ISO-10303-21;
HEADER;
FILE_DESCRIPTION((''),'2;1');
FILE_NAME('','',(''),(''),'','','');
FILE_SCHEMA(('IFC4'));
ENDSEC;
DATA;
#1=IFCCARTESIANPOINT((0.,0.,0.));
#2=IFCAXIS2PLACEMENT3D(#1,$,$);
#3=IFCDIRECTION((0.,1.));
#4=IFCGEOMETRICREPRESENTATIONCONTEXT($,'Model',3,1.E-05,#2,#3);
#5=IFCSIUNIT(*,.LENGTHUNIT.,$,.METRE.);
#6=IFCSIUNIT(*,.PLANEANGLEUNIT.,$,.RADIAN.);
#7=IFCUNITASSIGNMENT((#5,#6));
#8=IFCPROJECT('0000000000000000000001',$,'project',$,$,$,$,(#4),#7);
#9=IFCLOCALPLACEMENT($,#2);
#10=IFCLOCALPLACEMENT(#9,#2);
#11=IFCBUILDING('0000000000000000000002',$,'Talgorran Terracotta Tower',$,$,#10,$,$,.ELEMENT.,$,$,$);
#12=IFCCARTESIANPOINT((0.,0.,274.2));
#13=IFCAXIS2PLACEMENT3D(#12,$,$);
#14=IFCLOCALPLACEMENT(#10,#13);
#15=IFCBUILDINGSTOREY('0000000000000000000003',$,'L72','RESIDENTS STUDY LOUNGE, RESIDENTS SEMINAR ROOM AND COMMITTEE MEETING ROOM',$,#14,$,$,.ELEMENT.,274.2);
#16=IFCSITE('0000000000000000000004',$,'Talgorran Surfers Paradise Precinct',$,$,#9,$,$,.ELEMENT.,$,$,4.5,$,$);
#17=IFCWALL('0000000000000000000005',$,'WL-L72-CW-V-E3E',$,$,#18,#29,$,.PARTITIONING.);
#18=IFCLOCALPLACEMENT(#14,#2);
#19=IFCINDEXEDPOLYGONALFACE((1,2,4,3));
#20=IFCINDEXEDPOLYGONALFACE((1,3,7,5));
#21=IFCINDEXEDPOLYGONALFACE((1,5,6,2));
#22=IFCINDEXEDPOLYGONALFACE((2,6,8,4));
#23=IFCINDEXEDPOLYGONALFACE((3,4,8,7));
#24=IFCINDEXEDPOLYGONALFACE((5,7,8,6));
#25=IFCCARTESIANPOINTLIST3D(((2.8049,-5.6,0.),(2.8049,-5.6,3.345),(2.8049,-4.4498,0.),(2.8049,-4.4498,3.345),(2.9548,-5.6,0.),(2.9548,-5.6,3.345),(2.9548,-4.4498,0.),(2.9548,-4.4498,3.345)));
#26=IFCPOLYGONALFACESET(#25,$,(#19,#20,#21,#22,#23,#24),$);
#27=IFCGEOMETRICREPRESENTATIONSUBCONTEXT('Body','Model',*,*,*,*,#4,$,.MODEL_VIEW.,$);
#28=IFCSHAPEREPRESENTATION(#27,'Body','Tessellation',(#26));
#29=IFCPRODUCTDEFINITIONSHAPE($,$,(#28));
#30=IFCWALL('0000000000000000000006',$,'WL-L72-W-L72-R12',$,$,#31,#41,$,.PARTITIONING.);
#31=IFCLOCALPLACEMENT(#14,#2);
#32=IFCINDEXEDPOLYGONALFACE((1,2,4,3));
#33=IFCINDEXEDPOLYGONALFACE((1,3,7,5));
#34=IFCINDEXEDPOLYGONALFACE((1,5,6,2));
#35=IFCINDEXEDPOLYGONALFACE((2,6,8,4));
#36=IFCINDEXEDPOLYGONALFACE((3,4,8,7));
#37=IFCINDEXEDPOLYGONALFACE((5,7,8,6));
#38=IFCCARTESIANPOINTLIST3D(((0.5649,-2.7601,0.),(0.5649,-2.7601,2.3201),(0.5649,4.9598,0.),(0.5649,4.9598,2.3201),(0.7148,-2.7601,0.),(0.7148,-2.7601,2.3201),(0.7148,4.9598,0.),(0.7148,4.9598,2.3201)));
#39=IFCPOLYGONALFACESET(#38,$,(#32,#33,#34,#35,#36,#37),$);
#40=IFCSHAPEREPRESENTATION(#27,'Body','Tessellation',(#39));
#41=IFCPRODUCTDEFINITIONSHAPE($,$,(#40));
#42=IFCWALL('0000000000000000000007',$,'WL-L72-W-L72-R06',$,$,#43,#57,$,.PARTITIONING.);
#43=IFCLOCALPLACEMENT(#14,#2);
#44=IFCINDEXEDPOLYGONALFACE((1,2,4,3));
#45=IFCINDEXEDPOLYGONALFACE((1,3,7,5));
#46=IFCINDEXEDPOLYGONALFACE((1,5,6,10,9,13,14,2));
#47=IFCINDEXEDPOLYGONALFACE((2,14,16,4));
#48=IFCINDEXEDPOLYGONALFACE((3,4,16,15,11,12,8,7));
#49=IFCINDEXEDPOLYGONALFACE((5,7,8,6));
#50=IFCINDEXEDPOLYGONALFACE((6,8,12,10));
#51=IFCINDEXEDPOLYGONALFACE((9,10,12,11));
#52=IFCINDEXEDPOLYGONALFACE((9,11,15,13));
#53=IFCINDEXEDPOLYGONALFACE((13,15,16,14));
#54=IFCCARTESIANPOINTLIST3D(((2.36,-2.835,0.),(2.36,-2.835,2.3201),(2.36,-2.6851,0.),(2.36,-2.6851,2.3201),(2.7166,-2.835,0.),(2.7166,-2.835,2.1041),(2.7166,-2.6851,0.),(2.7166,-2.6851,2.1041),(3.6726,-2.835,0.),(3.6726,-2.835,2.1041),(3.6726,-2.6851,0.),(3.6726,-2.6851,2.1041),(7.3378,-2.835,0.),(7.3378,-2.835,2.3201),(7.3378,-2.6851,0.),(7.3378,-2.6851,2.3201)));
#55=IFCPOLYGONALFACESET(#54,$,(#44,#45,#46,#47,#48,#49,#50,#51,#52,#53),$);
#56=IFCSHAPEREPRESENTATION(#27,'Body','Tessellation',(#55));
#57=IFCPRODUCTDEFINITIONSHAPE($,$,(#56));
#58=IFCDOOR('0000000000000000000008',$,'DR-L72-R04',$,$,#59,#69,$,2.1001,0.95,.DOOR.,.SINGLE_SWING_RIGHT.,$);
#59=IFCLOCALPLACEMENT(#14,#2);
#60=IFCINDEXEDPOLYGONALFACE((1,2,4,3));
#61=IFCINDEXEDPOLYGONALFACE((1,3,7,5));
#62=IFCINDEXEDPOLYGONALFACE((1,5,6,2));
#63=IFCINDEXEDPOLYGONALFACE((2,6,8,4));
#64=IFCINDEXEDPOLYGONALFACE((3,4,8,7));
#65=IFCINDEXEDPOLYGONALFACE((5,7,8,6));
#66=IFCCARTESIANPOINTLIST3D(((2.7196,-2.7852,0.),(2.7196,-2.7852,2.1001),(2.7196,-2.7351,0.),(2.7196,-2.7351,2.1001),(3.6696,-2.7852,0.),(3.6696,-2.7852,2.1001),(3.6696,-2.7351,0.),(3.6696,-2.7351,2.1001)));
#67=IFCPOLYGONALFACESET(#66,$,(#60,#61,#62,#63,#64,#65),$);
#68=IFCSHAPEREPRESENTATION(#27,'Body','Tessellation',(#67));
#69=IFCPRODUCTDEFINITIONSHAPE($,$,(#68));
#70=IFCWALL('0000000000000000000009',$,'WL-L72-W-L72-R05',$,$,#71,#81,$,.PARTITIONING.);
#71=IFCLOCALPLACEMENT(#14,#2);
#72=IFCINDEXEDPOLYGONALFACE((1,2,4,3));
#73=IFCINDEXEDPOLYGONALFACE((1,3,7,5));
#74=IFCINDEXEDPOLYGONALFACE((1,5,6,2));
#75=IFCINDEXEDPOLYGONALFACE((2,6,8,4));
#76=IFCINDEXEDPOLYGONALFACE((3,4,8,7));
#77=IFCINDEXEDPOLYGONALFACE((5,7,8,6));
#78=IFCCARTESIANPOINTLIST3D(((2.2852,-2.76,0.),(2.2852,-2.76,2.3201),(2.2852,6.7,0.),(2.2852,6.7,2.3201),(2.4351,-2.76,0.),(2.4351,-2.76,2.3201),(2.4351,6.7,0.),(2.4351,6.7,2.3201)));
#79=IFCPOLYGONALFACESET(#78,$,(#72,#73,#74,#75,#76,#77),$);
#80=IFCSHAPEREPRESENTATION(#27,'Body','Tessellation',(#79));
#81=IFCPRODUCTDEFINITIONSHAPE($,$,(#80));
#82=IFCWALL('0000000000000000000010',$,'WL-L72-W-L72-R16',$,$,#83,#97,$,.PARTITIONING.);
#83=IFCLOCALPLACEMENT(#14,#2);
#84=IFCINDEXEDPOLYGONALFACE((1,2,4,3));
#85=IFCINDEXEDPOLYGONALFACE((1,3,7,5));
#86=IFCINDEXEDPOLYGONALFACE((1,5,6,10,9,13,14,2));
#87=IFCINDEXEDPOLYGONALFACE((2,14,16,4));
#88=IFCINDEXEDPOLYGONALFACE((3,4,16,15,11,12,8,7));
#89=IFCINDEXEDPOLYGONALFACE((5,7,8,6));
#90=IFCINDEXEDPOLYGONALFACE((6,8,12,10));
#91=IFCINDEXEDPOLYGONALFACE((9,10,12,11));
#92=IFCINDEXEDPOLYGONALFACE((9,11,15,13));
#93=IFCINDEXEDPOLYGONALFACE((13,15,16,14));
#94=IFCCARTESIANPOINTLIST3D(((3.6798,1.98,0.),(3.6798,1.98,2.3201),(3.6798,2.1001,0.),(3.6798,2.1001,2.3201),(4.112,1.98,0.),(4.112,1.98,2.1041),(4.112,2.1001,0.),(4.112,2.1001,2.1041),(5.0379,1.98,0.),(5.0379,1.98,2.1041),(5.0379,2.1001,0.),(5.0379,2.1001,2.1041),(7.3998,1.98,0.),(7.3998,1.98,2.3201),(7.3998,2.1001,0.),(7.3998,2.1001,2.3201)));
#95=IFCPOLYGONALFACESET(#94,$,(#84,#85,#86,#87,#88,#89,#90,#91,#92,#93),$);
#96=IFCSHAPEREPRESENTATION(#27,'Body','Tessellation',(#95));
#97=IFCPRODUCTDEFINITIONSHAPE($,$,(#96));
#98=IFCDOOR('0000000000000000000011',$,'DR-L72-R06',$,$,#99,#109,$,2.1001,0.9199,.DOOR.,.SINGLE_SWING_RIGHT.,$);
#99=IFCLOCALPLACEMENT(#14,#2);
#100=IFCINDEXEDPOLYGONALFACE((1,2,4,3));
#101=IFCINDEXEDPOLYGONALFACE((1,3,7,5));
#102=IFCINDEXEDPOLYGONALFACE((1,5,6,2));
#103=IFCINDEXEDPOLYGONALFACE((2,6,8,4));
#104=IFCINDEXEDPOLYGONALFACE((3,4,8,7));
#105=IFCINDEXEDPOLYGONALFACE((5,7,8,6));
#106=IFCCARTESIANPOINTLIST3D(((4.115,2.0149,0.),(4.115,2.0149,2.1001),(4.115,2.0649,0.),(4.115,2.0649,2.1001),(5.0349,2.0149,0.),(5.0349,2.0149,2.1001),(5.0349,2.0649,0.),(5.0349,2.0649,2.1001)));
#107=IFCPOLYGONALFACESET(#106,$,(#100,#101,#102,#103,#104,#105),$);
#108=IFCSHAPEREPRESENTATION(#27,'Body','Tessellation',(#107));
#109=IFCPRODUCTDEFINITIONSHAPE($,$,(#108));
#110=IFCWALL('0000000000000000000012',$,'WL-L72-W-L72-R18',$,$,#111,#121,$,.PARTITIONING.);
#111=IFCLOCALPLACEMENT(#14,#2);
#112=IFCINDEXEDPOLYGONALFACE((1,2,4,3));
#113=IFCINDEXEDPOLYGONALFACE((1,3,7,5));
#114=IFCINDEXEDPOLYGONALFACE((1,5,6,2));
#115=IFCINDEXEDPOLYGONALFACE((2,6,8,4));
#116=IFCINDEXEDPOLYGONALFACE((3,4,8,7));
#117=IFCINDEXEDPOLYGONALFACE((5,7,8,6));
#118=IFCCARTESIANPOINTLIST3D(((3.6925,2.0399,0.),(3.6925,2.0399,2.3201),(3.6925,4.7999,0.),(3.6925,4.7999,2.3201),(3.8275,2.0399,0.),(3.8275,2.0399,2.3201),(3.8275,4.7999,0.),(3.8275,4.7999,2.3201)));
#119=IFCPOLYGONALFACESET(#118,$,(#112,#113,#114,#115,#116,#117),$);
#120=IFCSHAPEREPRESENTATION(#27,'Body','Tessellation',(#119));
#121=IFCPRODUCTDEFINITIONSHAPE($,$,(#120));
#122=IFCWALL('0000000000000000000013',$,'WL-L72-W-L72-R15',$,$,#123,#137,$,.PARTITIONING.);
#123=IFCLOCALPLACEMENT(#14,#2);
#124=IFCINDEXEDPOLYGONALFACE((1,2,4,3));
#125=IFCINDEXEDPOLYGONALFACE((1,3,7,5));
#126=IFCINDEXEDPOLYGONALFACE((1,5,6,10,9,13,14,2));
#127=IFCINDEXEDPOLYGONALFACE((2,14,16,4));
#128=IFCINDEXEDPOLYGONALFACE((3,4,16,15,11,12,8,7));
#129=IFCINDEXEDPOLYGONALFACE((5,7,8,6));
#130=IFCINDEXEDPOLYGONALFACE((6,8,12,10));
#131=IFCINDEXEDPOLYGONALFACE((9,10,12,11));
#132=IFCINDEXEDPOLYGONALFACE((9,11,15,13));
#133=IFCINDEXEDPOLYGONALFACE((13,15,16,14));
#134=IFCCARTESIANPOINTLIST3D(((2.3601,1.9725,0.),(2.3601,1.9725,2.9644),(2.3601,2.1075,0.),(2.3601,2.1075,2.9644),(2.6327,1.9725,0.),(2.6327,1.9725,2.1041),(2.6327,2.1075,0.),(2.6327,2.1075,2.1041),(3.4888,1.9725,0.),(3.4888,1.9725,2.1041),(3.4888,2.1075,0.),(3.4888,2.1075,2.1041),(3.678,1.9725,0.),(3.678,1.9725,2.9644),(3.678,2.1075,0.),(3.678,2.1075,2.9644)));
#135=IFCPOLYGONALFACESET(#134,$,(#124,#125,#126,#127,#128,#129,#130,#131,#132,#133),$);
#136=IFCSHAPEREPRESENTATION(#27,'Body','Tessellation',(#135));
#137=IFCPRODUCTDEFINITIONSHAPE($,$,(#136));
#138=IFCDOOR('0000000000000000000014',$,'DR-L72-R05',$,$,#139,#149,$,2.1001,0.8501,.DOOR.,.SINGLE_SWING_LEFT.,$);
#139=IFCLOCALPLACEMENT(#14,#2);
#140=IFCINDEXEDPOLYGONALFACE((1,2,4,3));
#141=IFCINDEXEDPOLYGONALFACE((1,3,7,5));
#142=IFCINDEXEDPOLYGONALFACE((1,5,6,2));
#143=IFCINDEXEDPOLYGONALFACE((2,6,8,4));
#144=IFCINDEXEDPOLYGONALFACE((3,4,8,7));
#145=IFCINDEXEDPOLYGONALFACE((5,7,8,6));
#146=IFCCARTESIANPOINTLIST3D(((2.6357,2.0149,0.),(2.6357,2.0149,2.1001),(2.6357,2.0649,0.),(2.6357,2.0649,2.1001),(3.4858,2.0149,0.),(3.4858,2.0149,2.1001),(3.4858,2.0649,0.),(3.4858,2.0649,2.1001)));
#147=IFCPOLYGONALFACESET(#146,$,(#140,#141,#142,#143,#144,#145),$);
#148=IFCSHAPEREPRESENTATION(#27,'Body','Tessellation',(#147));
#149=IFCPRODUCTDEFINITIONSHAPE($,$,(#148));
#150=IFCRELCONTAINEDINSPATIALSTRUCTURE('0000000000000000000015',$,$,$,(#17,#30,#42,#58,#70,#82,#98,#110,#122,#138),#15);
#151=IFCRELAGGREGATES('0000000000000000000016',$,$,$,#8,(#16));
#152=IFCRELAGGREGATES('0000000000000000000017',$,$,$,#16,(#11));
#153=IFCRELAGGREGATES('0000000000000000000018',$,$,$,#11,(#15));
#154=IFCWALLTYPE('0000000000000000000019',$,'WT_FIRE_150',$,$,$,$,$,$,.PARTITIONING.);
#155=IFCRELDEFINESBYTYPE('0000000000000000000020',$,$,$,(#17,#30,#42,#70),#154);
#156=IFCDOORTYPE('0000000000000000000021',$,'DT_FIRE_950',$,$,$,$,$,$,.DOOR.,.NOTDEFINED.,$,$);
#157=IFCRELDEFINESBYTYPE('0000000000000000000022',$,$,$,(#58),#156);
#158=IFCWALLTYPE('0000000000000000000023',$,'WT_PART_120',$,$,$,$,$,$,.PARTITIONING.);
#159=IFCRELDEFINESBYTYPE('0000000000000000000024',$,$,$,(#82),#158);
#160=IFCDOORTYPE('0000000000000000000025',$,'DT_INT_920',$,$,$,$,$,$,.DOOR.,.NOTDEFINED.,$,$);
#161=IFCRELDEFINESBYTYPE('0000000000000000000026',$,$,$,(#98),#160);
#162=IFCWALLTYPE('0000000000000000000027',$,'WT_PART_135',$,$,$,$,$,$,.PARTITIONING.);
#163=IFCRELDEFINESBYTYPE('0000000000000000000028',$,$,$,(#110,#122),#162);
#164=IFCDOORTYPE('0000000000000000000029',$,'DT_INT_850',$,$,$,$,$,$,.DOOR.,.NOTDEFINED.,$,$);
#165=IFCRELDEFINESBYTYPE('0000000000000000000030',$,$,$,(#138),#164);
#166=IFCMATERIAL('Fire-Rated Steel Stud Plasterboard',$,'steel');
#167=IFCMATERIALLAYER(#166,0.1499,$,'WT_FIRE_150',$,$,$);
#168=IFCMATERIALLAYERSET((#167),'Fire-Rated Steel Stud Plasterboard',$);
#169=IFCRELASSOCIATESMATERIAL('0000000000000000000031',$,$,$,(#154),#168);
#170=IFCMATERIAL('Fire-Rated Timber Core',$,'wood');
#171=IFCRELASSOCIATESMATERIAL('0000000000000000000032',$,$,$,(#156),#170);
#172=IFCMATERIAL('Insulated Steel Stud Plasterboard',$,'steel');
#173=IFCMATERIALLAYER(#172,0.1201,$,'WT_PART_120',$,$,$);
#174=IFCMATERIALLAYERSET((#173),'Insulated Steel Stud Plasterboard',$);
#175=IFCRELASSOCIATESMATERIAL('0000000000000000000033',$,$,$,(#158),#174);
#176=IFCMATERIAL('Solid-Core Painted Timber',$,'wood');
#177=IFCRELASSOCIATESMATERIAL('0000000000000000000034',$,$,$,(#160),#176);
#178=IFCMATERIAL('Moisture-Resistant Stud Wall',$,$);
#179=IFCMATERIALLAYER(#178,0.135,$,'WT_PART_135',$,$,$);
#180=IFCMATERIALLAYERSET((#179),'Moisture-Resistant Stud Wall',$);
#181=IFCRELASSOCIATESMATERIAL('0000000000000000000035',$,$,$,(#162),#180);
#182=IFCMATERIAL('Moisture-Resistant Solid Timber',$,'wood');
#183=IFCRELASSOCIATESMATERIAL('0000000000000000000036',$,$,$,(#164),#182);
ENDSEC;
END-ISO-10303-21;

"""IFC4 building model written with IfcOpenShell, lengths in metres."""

from ifc_helpers import new_model, si_unit, direction, frame, frame_2d, origin, place, context, subcontext, project, spatial, rectangle, extrude, material, layer, layer_set, type_object, element, fill, save


model = new_model("IFC4")

# Units and contexts
model_context = context("Model", 3, precision=1e-05, world=origin(), true_north=direction((0.0, 1.0)))
body_context = subcontext(model_context, "Body", "Model", "MODEL_VIEW")
ifc_project = project(units=[si_unit("LENGTHUNIT", "METRE"), si_unit("PLANEANGLEUNIT", "RADIAN")], contexts=[model_context])

# Site, building, storey
site_placement = place(None, origin())
site = spatial("IfcSite", under=ifc_project, at=site_placement, Name="Talgorran Surfers Paradise Precinct", CompositionType="ELEMENT", RefElevation=4.5)
building_placement = place(site_placement, origin())
building = spatial("IfcBuilding", under=site, at=building_placement, Name="Talgorran Terracotta Tower", CompositionType="ELEMENT")
storey_placement = place(building_placement, frame((0.0, 0.0, 274.2)))
storey = spatial("IfcBuildingStorey", under=building, at=storey_placement, Name="L72", Description="RESIDENTS STUDY LOUNGE, RESIDENTS SEMINAR ROOM AND COMMITTEE MEETING ROOM", CompositionType="ELEMENT", Elevation=274.2)

# Walls
ifc_material_1 = material(Name="Fire-Rated Steel Stud Plasterboard", Category="steel")
ifc_layer_1 = layer(ifc_material_1, 0.1499, Name="WT_FIRE_150")
ifc_layer_set_1 = layer_set([ifc_layer_1], Name="Fire-Rated Steel Stud Plasterboard")
wall_type_1 = type_object("IfcWallType", Name="WT_FIRE_150", PredefinedType="PARTITIONING", material=ifc_layer_set_1)
wall_1_placement = place(storey_placement, frame((2.8799, -5.6001, 0.0), z_axis=(0.0, 0.0, 1.0), x_axis=(0.0, 1.0, 0.0)))
element("IfcWall", 1, at=wall_1_placement, inside=storey, type_object=wall_type_1, Name="WL-L72-CW-V-E3E", PredefinedType="PARTITIONING", context=body_context, shape_type="SweptSolid", body=[
    extrude(rectangle(XDim=1.1501, YDim=0.1499, at=frame_2d((0.5752, 0.0))), origin(), (0.0, 0.0, 1.0), 3.345),
])
wall_2_placement = place(storey_placement, frame((0.6399, -2.76, 0.0), z_axis=(0.0, 0.0, 1.0), x_axis=(0.0, 1.0, 0.0)))
element("IfcWall", 2, at=wall_2_placement, inside=storey, type_object=wall_type_1, Name="WL-L72-W-L72-R12", PredefinedType="PARTITIONING", context=body_context, shape_type="SweptSolid", body=[
    extrude(rectangle(XDim=7.72, YDim=0.1499, at=frame_2d((3.8599, 0.0))), origin(), (0.0, 0.0, 1.0), 2.3201),
])

# Wall, opening, door
wall_3_placement = place(storey_placement, frame((2.3601, -2.76, 0.0), z_axis=(0.0, 0.0, 1.0), x_axis=(1.0, 0.0, 0.0)))
wall_3 = element("IfcWall", 3, at=wall_3_placement, inside=storey, type_object=wall_type_1, Name="WL-L72-W-L72-R06", PredefinedType="PARTITIONING", context=body_context, shape_type="SweptSolid", body=[
    extrude(rectangle(XDim=4.9778, YDim=0.1499, at=frame_2d((2.4888, 0.0))), origin(), (0.0, 0.0, 1.0), 2.3201),
])
opening_1_placement = place(wall_3_placement, frame((0.3594, 0.0, 0.0)))
opening_1 = element("IfcOpeningElement", 4, at=opening_1_placement, cuts=wall_3, PredefinedType="OPENING", context=body_context, shape_type="SweptSolid", body=[
    extrude(rectangle(XDim=0.956, YDim=2.1041, at=frame_2d((0.4751, 1.052))), frame((0.0, 0.085, 0.0), z_axis=(0.0, -1.0, 0.0), x_axis=(1.0, 0.0, 0.0)), (0.0, 0.0, 1.0), 0.1699),
])
ifc_material_2 = material(Name="Fire-Rated Timber Core", Category="wood")
door_type_1 = type_object("IfcDoorType", Name="DT_FIRE_950", OperationType="NOTDEFINED", PredefinedType="DOOR", material=ifc_material_2)
door_1_placement = place(opening_1_placement, origin())
door_1 = element("IfcDoor", 5, at=door_1_placement, inside=storey, type_object=door_type_1, Name="DR-L72-R04", OperationType="SINGLE_SWING_RIGHT", OverallHeight=2.1001, OverallWidth=0.95, PredefinedType="DOOR", context=body_context, shape_type="SweptSolid", body=[
    extrude(rectangle(XDim=0.95, YDim=2.1001, at=frame_2d((0.4751, 1.05))), frame((0.0, 0.0249, 0.0), z_axis=(0.0, -1.0, 0.0), x_axis=(1.0, 0.0, 0.0)), (0.0, 0.0, 1.0), 0.05),
])
fill(opening_1, door_1)

# Wall
wall_4_placement = place(storey_placement, frame((2.3601, -2.76, 0.0), z_axis=(0.0, 0.0, 1.0), x_axis=(0.0, 1.0, 0.0)))
element("IfcWall", 6, at=wall_4_placement, inside=storey, type_object=wall_type_1, Name="WL-L72-W-L72-R05", PredefinedType="PARTITIONING", context=body_context, shape_type="SweptSolid", body=[
    extrude(rectangle(XDim=9.46, YDim=0.1499, at=frame_2d((4.73, 0.0))), origin(), (0.0, 0.0, 1.0), 2.3201),
])

# Wall, opening, door
ifc_material_3 = material(Name="Insulated Steel Stud Plasterboard", Category="steel")
ifc_layer_2 = layer(ifc_material_3, 0.1201, Name="WT_PART_120")
ifc_layer_set_2 = layer_set([ifc_layer_2], Name="Insulated Steel Stud Plasterboard")
wall_type_2 = type_object("IfcWallType", Name="WT_PART_120", PredefinedType="PARTITIONING", material=ifc_layer_set_2)
wall_5_placement = place(storey_placement, frame((3.6799, 2.04, 0.0), z_axis=(0.0, 0.0, 1.0), x_axis=(1.0, 0.0, 0.0)))
wall_5 = element("IfcWall", 7, at=wall_5_placement, inside=storey, type_object=wall_type_2, Name="WL-L72-W-L72-R16", PredefinedType="PARTITIONING", context=body_context, shape_type="SweptSolid", body=[
    extrude(rectangle(XDim=3.72, YDim=0.1201, at=frame_2d((1.8599, 0.0))), origin(), (0.0, 0.0, 1.0), 2.3201),
])
opening_2_placement = place(wall_5_placement, frame((0.4351, 0.0, 0.0)))
opening_2 = element("IfcOpeningElement", 8, at=opening_2_placement, cuts=wall_5, PredefinedType="OPENING", context=body_context, shape_type="SweptSolid", body=[
    extrude(rectangle(XDim=0.9259, YDim=2.1041, at=frame_2d((0.46, 1.052))), frame((0.0, 0.0701, 0.0), z_axis=(0.0, -1.0, 0.0), x_axis=(1.0, 0.0, 0.0)), (0.0, 0.0, 1.0), 0.1401),
])
ifc_material_4 = material(Name="Solid-Core Painted Timber", Category="wood")
door_type_2 = type_object("IfcDoorType", Name="DT_INT_920", OperationType="NOTDEFINED", PredefinedType="DOOR", material=ifc_material_4)
door_2_placement = place(opening_2_placement, origin())
door_2 = element("IfcDoor", 9, at=door_2_placement, inside=storey, type_object=door_type_2, Name="DR-L72-R06", OperationType="SINGLE_SWING_RIGHT", OverallHeight=2.1001, OverallWidth=0.9199, PredefinedType="DOOR", context=body_context, shape_type="SweptSolid", body=[
    extrude(rectangle(XDim=0.9199, YDim=2.1001, at=frame_2d((0.46, 1.05))), frame((0.0, 0.0249, 0.0), z_axis=(0.0, -1.0, 0.0), x_axis=(1.0, 0.0, 0.0)), (0.0, 0.0, 1.0), 0.05),
])
fill(opening_2, door_2)

# Wall
ifc_material_5 = material(Name="Moisture-Resistant Stud Wall")
ifc_layer_3 = layer(ifc_material_5, 0.135, Name="WT_PART_135")
ifc_layer_set_3 = layer_set([ifc_layer_3], Name="Moisture-Resistant Stud Wall")
wall_type_3 = type_object("IfcWallType", Name="WT_PART_135", PredefinedType="PARTITIONING", material=ifc_layer_set_3)
wall_6_placement = place(storey_placement, frame((3.76, 2.04, 0.0), z_axis=(0.0, 0.0, 1.0), x_axis=(0.0, 1.0, 0.0)))
element("IfcWall", 10, at=wall_6_placement, inside=storey, type_object=wall_type_3, Name="WL-L72-W-L72-R18", PredefinedType="PARTITIONING", context=body_context, shape_type="SweptSolid", body=[
    extrude(rectangle(XDim=2.76, YDim=0.135, at=frame_2d((1.3799, 0.0))), origin(), (0.0, 0.0, 1.0), 2.3201),
])

# Wall, opening, door
wall_7_placement = place(storey_placement, frame((2.3601, 2.04, 0.0), z_axis=(0.0, 0.0, 1.0), x_axis=(1.0, 0.0, 0.0)))
wall_7 = element("IfcWall", 11, at=wall_7_placement, inside=storey, type_object=wall_type_3, Name="WL-L72-W-L72-R15", PredefinedType="PARTITIONING", context=body_context, shape_type="SweptSolid", body=[
    extrude(rectangle(XDim=1.3179, YDim=0.135, at=frame_2d((0.6589, 0.0))), origin(), (0.0, 0.0, 1.0), 2.9644),
])
opening_3_placement = place(wall_7_placement, frame((0.2756, 0.0, 0.0)))
opening_3 = element("IfcOpeningElement", 12, at=opening_3_placement, cuts=wall_7, PredefinedType="OPENING", context=body_context, shape_type="SweptSolid", body=[
    extrude(rectangle(XDim=0.8561, YDim=2.1041, at=frame_2d((0.425, 1.052))), frame((0.0, 0.0776, 0.0), z_axis=(0.0, -1.0, 0.0), x_axis=(1.0, 0.0, 0.0)), (0.0, 0.0, 1.0), 0.155),
])
ifc_material_6 = material(Name="Moisture-Resistant Solid Timber", Category="wood")
door_type_3 = type_object("IfcDoorType", Name="DT_INT_850", OperationType="NOTDEFINED", PredefinedType="DOOR", material=ifc_material_6)
door_3_placement = place(opening_3_placement, origin())
door_3 = element("IfcDoor", 13, at=door_3_placement, inside=storey, type_object=door_type_3, Name="DR-L72-R05", OperationType="SINGLE_SWING_LEFT", OverallHeight=2.1001, OverallWidth=0.8501, PredefinedType="DOOR", context=body_context, shape_type="SweptSolid", body=[
    extrude(rectangle(XDim=0.8501, YDim=2.1001, at=frame_2d((0.425, 1.05))), frame((0.0, 0.0249, 0.0), z_axis=(0.0, -1.0, 0.0), x_axis=(1.0, 0.0, 0.0)), (0.0, 0.0, 1.0), 0.05),
])
fill(opening_3, door_3)

save(model, "model.ifc")
